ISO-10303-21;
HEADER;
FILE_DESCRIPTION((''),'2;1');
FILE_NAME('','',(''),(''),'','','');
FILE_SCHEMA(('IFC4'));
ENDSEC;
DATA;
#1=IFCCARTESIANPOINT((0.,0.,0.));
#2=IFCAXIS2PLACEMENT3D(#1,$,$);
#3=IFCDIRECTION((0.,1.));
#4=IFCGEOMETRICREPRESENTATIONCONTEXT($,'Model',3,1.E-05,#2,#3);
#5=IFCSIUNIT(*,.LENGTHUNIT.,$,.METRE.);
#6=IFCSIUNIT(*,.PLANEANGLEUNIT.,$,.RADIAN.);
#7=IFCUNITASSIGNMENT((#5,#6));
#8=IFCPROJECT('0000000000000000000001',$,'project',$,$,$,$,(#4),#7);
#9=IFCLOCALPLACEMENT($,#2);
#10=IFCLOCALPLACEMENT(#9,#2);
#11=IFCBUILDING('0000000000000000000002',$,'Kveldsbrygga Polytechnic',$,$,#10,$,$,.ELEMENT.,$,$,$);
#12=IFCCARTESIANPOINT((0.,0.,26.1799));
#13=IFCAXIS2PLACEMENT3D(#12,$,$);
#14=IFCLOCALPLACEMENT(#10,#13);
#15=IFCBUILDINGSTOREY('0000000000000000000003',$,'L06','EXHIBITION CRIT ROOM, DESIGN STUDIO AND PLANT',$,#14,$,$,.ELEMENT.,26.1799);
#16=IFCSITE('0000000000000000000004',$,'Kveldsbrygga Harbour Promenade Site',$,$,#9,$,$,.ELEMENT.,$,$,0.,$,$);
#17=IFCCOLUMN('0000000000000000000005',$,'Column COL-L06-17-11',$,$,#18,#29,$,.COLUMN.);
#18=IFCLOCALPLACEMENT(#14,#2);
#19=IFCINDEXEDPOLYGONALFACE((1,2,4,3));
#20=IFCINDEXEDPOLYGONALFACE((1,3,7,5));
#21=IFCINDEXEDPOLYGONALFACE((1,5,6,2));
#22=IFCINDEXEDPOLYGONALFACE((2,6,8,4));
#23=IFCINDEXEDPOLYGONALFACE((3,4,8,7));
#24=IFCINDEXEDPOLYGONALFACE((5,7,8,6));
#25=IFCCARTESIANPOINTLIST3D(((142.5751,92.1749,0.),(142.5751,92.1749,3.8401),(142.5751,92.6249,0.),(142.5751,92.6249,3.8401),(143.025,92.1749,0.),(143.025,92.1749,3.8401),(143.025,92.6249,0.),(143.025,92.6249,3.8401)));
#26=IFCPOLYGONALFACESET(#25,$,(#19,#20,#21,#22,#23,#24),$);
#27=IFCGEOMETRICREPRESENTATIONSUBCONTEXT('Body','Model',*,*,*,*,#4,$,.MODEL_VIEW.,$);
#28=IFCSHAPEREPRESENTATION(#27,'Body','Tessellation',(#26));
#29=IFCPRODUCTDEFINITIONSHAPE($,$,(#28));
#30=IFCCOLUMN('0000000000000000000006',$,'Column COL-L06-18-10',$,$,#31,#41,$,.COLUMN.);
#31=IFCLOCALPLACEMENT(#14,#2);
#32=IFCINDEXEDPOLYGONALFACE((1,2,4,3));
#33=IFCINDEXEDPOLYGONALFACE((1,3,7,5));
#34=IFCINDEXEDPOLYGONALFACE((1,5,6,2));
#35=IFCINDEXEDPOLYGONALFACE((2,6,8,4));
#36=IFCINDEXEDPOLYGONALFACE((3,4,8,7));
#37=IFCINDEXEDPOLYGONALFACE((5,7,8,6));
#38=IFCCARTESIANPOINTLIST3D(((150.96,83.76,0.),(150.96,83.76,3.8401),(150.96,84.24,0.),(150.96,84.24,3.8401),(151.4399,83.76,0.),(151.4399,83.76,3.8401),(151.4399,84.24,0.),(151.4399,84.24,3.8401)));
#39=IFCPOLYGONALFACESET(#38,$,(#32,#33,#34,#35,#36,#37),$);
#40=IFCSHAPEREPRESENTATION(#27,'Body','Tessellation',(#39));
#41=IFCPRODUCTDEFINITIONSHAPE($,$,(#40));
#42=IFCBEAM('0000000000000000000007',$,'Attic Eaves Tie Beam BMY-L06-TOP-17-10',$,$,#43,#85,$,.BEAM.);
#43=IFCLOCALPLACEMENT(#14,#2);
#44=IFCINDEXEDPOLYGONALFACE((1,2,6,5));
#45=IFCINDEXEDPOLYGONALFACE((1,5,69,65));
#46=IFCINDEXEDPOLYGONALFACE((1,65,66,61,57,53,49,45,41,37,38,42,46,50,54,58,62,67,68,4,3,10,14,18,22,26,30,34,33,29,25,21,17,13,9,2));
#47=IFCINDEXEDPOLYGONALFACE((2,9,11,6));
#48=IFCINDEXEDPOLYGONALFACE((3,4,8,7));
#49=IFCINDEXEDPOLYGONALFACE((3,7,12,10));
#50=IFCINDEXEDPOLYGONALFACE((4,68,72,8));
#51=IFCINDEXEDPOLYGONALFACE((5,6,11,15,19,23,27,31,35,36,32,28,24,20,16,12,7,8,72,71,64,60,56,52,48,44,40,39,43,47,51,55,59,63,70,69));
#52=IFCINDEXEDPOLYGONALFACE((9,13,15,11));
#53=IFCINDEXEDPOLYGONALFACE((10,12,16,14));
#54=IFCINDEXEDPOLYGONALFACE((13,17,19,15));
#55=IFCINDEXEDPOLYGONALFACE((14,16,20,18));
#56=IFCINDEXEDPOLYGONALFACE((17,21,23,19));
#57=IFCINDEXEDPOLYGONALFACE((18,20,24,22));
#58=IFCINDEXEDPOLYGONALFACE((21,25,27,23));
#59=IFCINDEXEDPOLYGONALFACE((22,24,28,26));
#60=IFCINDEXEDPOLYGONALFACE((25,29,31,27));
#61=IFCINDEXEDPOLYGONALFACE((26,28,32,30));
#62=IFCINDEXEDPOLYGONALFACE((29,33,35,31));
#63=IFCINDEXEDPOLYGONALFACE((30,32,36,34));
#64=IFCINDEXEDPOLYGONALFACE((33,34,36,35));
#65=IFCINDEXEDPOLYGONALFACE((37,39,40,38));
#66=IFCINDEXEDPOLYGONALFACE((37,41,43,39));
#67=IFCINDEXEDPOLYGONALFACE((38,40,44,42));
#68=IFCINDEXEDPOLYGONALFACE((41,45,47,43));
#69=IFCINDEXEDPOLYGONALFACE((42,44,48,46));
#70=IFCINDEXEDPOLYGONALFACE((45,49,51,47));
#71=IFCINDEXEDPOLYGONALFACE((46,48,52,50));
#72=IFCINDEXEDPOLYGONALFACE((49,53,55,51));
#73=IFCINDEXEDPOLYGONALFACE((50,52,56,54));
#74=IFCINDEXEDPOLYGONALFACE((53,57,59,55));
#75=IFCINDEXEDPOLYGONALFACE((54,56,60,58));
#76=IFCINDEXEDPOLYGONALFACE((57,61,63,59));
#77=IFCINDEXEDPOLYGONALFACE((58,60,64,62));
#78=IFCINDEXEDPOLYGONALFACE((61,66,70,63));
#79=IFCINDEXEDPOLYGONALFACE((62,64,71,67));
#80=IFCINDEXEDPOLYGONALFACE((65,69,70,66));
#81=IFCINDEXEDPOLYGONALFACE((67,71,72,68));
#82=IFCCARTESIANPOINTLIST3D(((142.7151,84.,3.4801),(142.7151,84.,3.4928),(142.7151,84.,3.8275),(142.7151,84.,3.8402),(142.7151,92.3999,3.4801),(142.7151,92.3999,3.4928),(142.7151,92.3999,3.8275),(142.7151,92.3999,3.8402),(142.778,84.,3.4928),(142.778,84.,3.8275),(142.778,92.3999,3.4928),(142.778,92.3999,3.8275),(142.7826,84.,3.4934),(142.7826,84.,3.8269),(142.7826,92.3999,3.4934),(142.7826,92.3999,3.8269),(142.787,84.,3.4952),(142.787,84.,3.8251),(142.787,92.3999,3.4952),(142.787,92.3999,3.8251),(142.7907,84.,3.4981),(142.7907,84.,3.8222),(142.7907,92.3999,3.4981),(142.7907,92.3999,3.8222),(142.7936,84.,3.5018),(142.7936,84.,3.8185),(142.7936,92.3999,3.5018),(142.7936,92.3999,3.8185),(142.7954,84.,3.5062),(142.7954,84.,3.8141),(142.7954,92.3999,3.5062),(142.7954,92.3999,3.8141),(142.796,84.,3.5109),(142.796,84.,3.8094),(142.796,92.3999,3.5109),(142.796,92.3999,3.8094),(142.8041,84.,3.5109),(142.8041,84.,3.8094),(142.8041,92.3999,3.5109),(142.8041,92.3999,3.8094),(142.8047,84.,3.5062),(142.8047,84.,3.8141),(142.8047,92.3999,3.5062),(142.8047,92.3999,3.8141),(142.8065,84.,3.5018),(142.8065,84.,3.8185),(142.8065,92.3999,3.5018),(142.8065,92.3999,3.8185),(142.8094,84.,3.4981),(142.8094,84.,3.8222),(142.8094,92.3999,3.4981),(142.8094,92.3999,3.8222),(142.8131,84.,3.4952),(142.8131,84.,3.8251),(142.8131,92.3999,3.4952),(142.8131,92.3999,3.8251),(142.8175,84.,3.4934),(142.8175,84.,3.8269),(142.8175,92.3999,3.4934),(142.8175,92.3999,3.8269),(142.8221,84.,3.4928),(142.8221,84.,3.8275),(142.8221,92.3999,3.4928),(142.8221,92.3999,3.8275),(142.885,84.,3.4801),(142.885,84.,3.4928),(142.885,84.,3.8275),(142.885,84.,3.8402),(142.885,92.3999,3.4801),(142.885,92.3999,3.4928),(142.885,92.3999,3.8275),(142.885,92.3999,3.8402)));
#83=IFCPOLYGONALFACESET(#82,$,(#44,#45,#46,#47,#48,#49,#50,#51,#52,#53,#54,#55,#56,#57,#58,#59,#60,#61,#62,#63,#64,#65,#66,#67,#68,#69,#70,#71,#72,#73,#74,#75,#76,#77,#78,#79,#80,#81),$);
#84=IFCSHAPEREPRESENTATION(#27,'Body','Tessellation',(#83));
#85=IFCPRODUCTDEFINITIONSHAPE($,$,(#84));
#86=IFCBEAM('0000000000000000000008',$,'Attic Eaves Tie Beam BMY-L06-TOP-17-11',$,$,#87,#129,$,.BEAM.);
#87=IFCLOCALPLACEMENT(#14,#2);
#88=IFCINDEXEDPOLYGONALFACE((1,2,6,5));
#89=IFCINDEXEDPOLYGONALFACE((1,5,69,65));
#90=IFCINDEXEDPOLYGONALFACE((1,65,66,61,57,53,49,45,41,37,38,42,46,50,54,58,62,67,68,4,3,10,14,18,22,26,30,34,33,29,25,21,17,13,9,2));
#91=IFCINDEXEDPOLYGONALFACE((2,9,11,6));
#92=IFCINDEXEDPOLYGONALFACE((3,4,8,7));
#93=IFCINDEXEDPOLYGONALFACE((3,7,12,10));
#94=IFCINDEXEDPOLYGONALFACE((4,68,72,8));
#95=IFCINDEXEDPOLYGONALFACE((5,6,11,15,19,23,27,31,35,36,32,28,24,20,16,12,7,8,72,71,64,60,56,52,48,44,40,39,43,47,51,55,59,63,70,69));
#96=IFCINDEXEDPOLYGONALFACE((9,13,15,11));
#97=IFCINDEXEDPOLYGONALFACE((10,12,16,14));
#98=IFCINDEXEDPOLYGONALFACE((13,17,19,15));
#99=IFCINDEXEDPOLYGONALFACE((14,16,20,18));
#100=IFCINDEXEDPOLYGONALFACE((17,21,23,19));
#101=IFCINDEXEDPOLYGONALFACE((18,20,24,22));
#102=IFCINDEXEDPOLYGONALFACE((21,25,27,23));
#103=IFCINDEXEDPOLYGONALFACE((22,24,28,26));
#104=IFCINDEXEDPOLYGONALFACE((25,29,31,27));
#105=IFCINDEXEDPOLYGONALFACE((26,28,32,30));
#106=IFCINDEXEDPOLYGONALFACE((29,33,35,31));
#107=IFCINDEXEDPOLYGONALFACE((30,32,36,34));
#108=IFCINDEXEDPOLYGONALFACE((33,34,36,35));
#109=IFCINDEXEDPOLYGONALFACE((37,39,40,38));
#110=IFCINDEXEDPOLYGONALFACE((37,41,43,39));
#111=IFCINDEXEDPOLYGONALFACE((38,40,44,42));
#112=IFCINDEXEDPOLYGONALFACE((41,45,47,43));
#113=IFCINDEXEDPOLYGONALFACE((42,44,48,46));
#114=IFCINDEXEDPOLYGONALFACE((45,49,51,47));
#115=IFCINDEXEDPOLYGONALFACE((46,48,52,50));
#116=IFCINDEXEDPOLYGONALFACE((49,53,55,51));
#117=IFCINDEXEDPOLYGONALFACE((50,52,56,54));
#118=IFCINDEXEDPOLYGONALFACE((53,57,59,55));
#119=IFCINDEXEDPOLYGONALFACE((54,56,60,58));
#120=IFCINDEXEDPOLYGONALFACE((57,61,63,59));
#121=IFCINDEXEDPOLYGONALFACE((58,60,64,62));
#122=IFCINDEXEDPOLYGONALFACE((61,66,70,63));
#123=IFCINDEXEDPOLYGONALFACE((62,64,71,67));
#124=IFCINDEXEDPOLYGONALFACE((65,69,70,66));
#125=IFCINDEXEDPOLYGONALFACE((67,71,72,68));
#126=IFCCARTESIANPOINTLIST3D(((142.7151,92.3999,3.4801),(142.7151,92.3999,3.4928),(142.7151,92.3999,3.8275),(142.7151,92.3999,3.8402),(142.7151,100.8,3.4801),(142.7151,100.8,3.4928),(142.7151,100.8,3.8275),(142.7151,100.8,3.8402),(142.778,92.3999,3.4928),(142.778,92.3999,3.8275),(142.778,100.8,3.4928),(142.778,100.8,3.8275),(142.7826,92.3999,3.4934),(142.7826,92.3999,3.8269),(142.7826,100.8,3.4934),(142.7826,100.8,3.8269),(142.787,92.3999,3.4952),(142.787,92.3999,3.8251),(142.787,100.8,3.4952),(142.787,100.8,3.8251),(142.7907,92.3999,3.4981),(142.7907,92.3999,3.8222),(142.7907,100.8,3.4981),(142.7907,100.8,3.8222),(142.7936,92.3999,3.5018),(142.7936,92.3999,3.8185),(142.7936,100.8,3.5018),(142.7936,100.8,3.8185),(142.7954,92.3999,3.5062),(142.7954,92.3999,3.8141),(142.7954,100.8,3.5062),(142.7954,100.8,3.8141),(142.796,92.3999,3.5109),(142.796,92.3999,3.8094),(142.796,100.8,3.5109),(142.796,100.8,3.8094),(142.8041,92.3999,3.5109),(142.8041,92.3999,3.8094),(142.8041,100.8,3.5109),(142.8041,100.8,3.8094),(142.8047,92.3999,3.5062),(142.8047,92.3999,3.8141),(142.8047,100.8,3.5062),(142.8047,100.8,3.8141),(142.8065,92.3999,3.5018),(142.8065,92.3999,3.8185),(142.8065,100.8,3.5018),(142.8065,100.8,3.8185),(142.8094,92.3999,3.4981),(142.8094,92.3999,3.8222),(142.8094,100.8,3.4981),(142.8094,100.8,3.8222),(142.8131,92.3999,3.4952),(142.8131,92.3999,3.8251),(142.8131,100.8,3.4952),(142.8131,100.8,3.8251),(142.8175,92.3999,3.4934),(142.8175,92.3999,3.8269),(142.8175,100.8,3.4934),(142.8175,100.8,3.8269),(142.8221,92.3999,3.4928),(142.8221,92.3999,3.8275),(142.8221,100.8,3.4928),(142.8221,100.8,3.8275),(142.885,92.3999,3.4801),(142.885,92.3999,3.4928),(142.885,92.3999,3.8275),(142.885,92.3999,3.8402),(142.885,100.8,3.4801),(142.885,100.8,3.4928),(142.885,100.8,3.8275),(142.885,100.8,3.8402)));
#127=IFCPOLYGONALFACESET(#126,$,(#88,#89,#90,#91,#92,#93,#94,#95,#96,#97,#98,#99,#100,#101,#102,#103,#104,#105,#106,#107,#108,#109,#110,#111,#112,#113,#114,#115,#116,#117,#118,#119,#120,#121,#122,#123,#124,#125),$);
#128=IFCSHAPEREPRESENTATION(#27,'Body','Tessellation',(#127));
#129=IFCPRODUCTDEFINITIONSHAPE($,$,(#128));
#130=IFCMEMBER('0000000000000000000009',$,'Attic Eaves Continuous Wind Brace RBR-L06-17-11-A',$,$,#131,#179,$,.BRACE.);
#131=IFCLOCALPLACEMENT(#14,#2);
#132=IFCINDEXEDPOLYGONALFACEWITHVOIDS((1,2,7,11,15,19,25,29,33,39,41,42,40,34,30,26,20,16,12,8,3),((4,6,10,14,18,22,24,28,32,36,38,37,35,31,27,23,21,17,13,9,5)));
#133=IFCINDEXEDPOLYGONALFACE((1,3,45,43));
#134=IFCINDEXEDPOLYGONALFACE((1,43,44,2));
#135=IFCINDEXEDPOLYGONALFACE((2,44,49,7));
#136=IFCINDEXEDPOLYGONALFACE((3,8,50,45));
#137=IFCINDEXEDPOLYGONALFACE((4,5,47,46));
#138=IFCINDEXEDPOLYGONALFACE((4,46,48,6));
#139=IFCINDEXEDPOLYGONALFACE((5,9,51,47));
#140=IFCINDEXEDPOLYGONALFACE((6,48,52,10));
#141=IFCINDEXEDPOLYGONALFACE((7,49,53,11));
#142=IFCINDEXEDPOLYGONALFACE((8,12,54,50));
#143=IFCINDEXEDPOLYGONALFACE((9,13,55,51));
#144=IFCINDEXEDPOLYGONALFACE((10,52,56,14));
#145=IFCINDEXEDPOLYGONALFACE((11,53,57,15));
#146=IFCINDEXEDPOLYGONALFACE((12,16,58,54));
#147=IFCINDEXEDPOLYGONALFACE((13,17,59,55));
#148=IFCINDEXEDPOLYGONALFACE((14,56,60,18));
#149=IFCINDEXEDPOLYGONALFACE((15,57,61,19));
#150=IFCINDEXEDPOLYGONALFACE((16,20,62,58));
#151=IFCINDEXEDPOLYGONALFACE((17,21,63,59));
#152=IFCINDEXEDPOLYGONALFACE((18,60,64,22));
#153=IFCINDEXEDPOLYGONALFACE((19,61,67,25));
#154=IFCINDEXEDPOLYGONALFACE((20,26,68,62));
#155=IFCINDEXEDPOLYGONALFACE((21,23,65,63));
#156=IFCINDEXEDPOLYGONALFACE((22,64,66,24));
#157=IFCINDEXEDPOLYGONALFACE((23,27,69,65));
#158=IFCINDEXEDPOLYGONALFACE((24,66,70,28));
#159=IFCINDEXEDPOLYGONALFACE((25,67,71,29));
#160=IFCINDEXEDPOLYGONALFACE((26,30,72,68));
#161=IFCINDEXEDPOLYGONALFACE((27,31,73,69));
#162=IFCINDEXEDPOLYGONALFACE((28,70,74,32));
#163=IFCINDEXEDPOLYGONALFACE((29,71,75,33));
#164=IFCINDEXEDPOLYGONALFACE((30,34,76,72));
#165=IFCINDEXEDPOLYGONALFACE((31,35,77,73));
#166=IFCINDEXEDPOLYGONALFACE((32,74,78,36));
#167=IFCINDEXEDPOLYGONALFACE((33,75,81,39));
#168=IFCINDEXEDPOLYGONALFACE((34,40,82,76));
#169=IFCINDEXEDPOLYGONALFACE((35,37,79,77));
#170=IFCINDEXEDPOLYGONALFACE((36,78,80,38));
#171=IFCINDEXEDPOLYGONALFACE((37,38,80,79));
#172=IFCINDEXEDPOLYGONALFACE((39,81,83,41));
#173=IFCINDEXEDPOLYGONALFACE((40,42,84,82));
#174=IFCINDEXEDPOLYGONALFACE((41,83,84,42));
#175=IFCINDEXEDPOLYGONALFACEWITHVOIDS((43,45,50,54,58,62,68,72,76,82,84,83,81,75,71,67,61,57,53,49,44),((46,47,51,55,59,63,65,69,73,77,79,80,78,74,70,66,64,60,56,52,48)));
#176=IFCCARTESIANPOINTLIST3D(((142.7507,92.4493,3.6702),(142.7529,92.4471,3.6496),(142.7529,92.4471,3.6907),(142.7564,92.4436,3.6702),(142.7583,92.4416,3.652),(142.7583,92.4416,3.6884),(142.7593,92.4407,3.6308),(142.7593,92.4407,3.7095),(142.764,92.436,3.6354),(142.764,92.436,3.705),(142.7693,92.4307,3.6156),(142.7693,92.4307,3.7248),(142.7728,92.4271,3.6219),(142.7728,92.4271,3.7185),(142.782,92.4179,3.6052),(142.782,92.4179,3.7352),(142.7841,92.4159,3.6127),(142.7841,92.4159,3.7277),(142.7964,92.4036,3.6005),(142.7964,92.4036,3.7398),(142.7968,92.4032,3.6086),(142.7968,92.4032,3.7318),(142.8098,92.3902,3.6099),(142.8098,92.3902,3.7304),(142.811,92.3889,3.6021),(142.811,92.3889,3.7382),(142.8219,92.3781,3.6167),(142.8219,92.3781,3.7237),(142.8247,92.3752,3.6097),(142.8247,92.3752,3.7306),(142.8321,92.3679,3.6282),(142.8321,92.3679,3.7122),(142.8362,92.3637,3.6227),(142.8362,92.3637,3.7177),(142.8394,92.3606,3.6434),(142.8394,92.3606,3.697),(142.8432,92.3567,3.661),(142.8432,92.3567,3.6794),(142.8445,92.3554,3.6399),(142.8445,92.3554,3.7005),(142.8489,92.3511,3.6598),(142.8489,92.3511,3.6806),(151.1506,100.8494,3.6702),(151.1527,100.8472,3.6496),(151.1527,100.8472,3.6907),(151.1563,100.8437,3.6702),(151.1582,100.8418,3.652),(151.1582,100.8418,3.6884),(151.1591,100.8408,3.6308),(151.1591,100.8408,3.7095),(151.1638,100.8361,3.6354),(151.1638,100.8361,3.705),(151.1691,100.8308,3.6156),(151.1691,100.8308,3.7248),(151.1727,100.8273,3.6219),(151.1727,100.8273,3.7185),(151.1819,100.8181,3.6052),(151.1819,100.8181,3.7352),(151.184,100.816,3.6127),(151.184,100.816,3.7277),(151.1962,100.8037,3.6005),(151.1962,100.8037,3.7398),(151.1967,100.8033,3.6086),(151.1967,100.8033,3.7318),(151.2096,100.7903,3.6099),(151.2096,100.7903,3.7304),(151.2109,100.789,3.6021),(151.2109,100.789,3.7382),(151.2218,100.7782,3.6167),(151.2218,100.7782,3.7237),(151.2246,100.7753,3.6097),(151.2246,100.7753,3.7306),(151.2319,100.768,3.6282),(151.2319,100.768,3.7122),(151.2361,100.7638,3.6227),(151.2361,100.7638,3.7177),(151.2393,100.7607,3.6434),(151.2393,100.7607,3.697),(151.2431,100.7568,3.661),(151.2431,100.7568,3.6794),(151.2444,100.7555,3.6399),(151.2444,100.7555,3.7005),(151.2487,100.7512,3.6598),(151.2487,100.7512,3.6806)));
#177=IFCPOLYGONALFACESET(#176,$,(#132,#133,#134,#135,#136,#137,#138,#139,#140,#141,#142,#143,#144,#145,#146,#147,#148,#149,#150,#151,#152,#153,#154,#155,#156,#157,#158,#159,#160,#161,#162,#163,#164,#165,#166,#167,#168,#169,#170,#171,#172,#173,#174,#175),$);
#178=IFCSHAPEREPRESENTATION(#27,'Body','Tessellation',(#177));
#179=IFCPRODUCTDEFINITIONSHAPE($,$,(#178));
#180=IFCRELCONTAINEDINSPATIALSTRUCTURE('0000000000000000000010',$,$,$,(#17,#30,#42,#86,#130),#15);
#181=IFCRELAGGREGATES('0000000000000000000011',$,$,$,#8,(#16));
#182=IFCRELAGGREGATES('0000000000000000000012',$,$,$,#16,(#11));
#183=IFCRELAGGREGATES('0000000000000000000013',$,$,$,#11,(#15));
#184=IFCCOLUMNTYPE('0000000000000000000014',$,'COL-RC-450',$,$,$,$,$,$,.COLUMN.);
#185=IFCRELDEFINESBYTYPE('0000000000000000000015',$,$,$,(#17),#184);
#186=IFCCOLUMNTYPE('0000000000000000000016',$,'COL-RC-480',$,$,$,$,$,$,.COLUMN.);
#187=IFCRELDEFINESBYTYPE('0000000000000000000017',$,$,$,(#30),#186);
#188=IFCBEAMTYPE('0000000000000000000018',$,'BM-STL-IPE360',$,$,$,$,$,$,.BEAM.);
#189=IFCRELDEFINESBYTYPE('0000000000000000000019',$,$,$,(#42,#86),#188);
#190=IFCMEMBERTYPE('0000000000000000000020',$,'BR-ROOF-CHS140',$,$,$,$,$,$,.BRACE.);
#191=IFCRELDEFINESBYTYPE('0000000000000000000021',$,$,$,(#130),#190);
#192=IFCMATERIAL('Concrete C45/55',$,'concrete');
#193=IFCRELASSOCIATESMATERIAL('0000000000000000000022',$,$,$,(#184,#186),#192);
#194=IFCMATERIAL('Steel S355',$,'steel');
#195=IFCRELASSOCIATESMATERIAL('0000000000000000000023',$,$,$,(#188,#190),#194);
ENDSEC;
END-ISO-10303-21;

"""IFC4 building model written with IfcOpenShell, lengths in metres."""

from ifc_helpers import new_model, si_unit, direction, frame, origin, origin_2d, place, context, subcontext, project, spatial, rectangle, hollow_circle, i_section, extrude, material, material_profile, profile_set, type_object, element, save


model = new_model("IFC4")

# Units and contexts
model_context = context("Model", 3, precision=1e-05, world=origin(), true_north=direction((0.0, 1.0)))
body_context = subcontext(model_context, "Body", "Model", "MODEL_VIEW")
ifc_project = project(units=[si_unit("LENGTHUNIT", "METRE"), si_unit("PLANEANGLEUNIT", "RADIAN")], contexts=[model_context])

# Site, building, storey
site_placement = place(None, origin())
site = spatial("IfcSite", under=ifc_project, at=site_placement, Name="Kveldsbrygga Harbour Promenade Site", CompositionType="ELEMENT", RefElevation=0.0)
building_placement = place(site_placement, origin())
building = spatial("IfcBuilding", under=site, at=building_placement, Name="Kveldsbrygga Polytechnic", CompositionType="ELEMENT")
storey_placement = place(building_placement, frame((0.0, 0.0, 26.1799)))
storey = spatial("IfcBuildingStorey", under=building, at=storey_placement, Name="L06", Description="EXHIBITION CRIT ROOM, DESIGN STUDIO AND PLANT", CompositionType="ELEMENT", Elevation=26.1799)

# Columns
ifc_material_1 = material(Name="Concrete C45/55", Category="concrete")
ifc_material_profile_1 = material_profile(ifc_material_1, rectangle(XDim=0.45, YDim=0.45, at=origin_2d()), Name="RC 450x450")
ifc_profile_set_1 = profile_set([ifc_material_profile_1], Name="Concrete C45/55")
column_type_1 = type_object("IfcColumnType", Name="COL-RC-450", PredefinedType="COLUMN", material=ifc_profile_set_1)
column_1_placement = place(storey_placement, frame((142.8, 92.3999, 0.0), z_axis=(0.0, 0.0, 1.0), x_axis=(1.0, 0.0, 0.0)))
element("IfcColumn", 1, at=column_1_placement, inside=storey, type_object=column_type_1, Name="Column COL-L06-17-11", PredefinedType="COLUMN", context=body_context, shape_type="SweptSolid", body=[
    extrude(rectangle(XDim=0.45, YDim=0.45, at=origin_2d()), origin(), (0.0, 0.0, 1.0), 3.8401),
])
ifc_material_profile_2 = material_profile(ifc_material_1, rectangle(XDim=0.48, YDim=0.48, at=origin_2d()), Name="RC 480x480")
ifc_profile_set_2 = profile_set([ifc_material_profile_2], Name="Concrete C45/55")
column_type_2 = type_object("IfcColumnType", Name="COL-RC-480", PredefinedType="COLUMN", material=ifc_profile_set_2)
column_2_placement = place(storey_placement, frame((151.2, 84.0, 0.0), z_axis=(0.0, 0.0, 1.0), x_axis=(1.0, 0.0, 0.0)))
element("IfcColumn", 2, at=column_2_placement, inside=storey, type_object=column_type_2, Name="Column COL-L06-18-10", PredefinedType="COLUMN", context=body_context, shape_type="SweptSolid", body=[
    extrude(rectangle(XDim=0.48, YDim=0.48, at=origin_2d()), origin(), (0.0, 0.0, 1.0), 3.8401),
])

# Beams
ifc_material_2 = material(Name="Steel S355", Category="steel")
ifc_material_profile_3 = material_profile(ifc_material_2, i_section(OverallWidth=0.1699, OverallDepth=0.3601, WebThickness=0.0081, FlangeThickness=0.0127, FilletRadius=0.0181, at=origin_2d()), Name="IPE 360")
ifc_profile_set_3 = profile_set([ifc_material_profile_3], Name="Steel S355")
beam_type = type_object("IfcBeamType", Name="BM-STL-IPE360", PredefinedType="BEAM", material=ifc_profile_set_3)
beam_1_placement = place(storey_placement, frame((142.8, 84.0, 3.6602), z_axis=(0.0, 1.0, 0.0), x_axis=(-1.0, 0.0, 0.0)))
element("IfcBeam", 3, at=beam_1_placement, inside=storey, type_object=beam_type, Name="Attic Eaves Tie Beam BMY-L06-TOP-17-10", PredefinedType="BEAM", context=body_context, shape_type="SweptSolid", body=[
    extrude(i_section(OverallWidth=0.1699, OverallDepth=0.3601, WebThickness=0.0081, FlangeThickness=0.0127, FilletRadius=0.0181, at=origin_2d()), origin(), (0.0, 0.0, 1.0), 8.3999),
])
beam_2_placement = place(storey_placement, frame((142.8, 92.3999, 3.6602), z_axis=(0.0, 1.0, 0.0), x_axis=(-1.0, 0.0, 0.0)))
element("IfcBeam", 4, at=beam_2_placement, inside=storey, type_object=beam_type, Name="Attic Eaves Tie Beam BMY-L06-TOP-17-11", PredefinedType="BEAM", context=body_context, shape_type="SweptSolid", body=[
    extrude(i_section(OverallWidth=0.1699, OverallDepth=0.3601, WebThickness=0.0081, FlangeThickness=0.0127, FilletRadius=0.0181, at=origin_2d()), origin(), (0.0, 0.0, 1.0), 8.4001),
])

# Member
ifc_material_profile_4 = material_profile(ifc_material_2, hollow_circle(Radius=0.0698, WallThickness=0.0081, at=origin_2d()), Name="CHS 139.7x8.0")
ifc_profile_set_4 = profile_set([ifc_material_profile_4], Name="Steel S355")
member_type_1 = type_object("IfcMemberType", Name="BR-ROOF-CHS140", PredefinedType="BRACE", material=ifc_profile_set_4)
member_1_placement = place(storey_placement, frame((142.8, 92.3999, 3.6702), z_axis=(0.707097, 0.707117, 0.0), x_axis=(-0.707117, 0.707097, 0.0)))
element("IfcMember", 5, at=member_1_placement, inside=storey, type_object=member_type_1, Name="Attic Eaves Continuous Wind Brace RBR-L06-17-11-A", PredefinedType="BRACE", context=body_context, shape_type="SweptSolid", body=[
    extrude(hollow_circle(Radius=0.0698, WallThickness=0.0081, at=origin_2d()), origin(), (0.0, 0.0, 1.0), 11.8794),
])

save(model, "model.ifc")
